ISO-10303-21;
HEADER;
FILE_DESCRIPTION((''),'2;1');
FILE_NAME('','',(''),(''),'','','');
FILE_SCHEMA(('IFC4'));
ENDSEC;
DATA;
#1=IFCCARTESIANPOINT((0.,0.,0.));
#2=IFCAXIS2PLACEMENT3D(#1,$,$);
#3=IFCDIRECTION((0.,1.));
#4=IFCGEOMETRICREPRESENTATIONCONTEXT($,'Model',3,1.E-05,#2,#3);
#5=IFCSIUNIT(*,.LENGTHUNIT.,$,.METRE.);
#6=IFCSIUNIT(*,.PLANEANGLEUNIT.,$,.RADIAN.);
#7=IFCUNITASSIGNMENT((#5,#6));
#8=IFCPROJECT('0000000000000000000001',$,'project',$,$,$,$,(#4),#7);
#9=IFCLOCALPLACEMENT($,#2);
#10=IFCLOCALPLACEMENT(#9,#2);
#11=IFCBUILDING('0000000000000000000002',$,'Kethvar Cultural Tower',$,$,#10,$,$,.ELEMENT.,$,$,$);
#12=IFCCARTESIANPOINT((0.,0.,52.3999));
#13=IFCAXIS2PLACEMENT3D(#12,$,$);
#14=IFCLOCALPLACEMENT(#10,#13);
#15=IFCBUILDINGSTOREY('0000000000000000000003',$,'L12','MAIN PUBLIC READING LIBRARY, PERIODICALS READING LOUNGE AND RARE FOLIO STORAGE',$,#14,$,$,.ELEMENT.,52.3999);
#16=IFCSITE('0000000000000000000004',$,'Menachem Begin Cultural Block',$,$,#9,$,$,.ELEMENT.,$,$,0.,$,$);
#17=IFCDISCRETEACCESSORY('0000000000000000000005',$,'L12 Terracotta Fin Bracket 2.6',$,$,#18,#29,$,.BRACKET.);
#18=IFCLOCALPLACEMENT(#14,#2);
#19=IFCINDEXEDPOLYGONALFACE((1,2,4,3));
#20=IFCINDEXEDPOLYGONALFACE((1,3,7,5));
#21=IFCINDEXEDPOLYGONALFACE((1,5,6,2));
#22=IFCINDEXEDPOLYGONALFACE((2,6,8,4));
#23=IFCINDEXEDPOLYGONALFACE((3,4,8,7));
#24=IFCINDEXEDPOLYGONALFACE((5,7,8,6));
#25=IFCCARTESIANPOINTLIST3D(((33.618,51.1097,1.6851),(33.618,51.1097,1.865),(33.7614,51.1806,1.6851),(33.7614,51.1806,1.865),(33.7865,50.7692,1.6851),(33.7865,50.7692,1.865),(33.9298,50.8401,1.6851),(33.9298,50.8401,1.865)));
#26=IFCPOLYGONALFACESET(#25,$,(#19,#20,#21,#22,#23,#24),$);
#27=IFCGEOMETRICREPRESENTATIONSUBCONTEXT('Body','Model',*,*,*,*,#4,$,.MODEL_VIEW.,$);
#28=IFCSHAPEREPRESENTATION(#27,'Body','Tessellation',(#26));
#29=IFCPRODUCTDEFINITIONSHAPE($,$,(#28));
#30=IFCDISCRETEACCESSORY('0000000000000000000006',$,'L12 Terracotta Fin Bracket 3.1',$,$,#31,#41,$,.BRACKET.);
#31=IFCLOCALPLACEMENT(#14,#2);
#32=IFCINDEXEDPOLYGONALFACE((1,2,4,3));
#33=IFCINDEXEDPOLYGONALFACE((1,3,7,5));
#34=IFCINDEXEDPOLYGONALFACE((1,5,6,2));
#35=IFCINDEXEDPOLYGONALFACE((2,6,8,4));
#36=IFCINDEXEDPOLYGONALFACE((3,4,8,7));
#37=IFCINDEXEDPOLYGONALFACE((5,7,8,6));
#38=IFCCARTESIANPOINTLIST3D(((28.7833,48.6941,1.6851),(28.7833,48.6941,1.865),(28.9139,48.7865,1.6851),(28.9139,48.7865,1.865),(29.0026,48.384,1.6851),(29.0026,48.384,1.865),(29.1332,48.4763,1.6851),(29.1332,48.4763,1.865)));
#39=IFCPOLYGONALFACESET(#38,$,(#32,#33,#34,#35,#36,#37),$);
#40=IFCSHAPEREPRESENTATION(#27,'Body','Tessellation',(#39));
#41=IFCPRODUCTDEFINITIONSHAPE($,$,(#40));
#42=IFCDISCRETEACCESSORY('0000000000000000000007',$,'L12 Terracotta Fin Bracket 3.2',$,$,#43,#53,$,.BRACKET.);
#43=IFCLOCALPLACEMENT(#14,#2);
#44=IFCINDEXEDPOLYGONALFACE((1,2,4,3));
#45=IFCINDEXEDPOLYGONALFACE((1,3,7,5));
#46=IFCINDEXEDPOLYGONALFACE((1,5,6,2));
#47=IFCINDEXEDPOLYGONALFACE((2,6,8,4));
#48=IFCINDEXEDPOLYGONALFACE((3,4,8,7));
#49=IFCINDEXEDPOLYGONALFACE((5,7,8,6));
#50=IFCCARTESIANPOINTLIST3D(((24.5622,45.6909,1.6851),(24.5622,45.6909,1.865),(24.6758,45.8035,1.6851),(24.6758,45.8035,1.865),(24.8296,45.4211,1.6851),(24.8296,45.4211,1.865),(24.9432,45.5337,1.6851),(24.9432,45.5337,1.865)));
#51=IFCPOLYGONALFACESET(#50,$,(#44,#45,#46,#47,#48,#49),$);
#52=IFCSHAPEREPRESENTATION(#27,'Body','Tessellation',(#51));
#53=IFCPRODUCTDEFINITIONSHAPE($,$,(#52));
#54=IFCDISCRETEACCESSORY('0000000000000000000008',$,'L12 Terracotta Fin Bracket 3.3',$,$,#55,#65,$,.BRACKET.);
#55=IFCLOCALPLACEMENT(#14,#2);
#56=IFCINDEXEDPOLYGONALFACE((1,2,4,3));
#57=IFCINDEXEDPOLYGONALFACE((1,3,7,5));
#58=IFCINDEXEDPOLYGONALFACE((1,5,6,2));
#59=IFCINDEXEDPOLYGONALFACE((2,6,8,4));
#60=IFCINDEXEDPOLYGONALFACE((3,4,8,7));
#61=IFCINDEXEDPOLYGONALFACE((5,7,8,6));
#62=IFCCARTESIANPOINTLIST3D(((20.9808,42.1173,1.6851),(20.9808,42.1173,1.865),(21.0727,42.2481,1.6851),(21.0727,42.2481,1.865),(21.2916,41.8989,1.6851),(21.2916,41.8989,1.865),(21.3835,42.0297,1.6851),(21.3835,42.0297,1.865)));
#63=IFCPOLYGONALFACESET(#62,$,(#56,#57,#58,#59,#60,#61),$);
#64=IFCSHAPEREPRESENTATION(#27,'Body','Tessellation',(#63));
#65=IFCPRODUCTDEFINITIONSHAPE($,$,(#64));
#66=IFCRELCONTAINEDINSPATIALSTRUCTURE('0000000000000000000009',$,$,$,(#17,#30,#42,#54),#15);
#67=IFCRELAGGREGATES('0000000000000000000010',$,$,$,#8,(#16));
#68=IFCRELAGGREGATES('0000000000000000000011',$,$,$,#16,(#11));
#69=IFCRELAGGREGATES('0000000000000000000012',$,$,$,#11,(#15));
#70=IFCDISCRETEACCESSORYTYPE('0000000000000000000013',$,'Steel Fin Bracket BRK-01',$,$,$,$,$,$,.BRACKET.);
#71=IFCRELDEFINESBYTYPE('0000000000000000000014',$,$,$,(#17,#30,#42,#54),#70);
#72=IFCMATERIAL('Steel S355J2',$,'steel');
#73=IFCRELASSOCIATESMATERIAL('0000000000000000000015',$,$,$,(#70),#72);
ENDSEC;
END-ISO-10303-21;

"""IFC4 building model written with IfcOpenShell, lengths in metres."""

from ifc_helpers import new_model, si_unit, direction, frame, origin, origin_2d, place, context, subcontext, project, spatial, rectangle, extrude, source, transform, mapped, material, type_object, element, save


model = new_model("IFC4")

# Units and contexts
model_context = context("Model", 3, precision=1e-05, world=origin(), true_north=direction((0.0, 1.0)))
body_context = subcontext(model_context, "Body", "Model", "MODEL_VIEW")
ifc_project = project(units=[si_unit("LENGTHUNIT", "METRE"), si_unit("PLANEANGLEUNIT", "RADIAN")], contexts=[model_context])

# Site, building, storey
site_placement = place(None, origin())
site = spatial("IfcSite", under=ifc_project, at=site_placement, Name="Menachem Begin Cultural Block", CompositionType="ELEMENT", RefElevation=0.0)
building_placement = place(site_placement, origin())
building = spatial("IfcBuilding", under=site, at=building_placement, Name="Kethvar Cultural Tower", CompositionType="ELEMENT")
storey_placement = place(building_placement, frame((0.0, 0.0, 52.3999)))
storey = spatial("IfcBuildingStorey", under=building, at=storey_placement, Name="L12", Description="MAIN PUBLIC READING LIBRARY, PERIODICALS READING LOUNGE AND RARE FOLIO STORAGE", CompositionType="ELEMENT", Elevation=52.3999)

# Shared definitions
ifc_material_1 = material(Name="Steel S355J2", Category="steel")

# Discrete accessories
discrete_accessory_type = type_object("IfcDiscreteAccessoryType", Name="Steel Fin Bracket BRK-01", PredefinedType="BRACKET", material=ifc_material_1)
shared_shape_1 = source(origin(), body_context, "Body", "SweptSolid", [
    extrude(rectangle(XDim=0.3799, YDim=0.1599, at=origin_2d()), origin(), (0.0, 0.0, 1.0), 0.1799),
])
for number, where, z_axis, x_axis, name in (
    (1, (33.7739, 50.9749, 1.6851), (0.0, 0.0, 1.0), (-0.443384, 0.896332, 0.0), "L12 Terracotta Fin Bracket 2.6"),
    (2, (28.9583, 48.5852, 1.6851), (0.0, 0.0, 1.0), (-0.577288, 0.816541, 0.0), "L12 Terracotta Fin Bracket 3.1"),
    (3, (24.7527, 45.6123, 1.6851), (0.0, 0.0, 1.0), (-0.703891, 0.710308, 0.0), "L12 Terracotta Fin Bracket 3.2"),
    (4, (21.1821, 42.0735, 1.6851), (0.0, 0.0, 1.0), (-0.81815, 0.575005, 0.0), "L12 Terracotta Fin Bracket 3.3"),
):
    element("IfcDiscreteAccessory", number, at=place(storey_placement, frame(where, z_axis=z_axis, x_axis=x_axis)), inside=storey, type_object=discrete_accessory_type, Name=name, PredefinedType="BRACKET", context=body_context, shape_type="MappedRepresentation", body=[
        mapped(shared_shape_1, transform((0.0, 0.0, 0.0), scale=1.0)),
    ])

save(model, "model.ifc")
